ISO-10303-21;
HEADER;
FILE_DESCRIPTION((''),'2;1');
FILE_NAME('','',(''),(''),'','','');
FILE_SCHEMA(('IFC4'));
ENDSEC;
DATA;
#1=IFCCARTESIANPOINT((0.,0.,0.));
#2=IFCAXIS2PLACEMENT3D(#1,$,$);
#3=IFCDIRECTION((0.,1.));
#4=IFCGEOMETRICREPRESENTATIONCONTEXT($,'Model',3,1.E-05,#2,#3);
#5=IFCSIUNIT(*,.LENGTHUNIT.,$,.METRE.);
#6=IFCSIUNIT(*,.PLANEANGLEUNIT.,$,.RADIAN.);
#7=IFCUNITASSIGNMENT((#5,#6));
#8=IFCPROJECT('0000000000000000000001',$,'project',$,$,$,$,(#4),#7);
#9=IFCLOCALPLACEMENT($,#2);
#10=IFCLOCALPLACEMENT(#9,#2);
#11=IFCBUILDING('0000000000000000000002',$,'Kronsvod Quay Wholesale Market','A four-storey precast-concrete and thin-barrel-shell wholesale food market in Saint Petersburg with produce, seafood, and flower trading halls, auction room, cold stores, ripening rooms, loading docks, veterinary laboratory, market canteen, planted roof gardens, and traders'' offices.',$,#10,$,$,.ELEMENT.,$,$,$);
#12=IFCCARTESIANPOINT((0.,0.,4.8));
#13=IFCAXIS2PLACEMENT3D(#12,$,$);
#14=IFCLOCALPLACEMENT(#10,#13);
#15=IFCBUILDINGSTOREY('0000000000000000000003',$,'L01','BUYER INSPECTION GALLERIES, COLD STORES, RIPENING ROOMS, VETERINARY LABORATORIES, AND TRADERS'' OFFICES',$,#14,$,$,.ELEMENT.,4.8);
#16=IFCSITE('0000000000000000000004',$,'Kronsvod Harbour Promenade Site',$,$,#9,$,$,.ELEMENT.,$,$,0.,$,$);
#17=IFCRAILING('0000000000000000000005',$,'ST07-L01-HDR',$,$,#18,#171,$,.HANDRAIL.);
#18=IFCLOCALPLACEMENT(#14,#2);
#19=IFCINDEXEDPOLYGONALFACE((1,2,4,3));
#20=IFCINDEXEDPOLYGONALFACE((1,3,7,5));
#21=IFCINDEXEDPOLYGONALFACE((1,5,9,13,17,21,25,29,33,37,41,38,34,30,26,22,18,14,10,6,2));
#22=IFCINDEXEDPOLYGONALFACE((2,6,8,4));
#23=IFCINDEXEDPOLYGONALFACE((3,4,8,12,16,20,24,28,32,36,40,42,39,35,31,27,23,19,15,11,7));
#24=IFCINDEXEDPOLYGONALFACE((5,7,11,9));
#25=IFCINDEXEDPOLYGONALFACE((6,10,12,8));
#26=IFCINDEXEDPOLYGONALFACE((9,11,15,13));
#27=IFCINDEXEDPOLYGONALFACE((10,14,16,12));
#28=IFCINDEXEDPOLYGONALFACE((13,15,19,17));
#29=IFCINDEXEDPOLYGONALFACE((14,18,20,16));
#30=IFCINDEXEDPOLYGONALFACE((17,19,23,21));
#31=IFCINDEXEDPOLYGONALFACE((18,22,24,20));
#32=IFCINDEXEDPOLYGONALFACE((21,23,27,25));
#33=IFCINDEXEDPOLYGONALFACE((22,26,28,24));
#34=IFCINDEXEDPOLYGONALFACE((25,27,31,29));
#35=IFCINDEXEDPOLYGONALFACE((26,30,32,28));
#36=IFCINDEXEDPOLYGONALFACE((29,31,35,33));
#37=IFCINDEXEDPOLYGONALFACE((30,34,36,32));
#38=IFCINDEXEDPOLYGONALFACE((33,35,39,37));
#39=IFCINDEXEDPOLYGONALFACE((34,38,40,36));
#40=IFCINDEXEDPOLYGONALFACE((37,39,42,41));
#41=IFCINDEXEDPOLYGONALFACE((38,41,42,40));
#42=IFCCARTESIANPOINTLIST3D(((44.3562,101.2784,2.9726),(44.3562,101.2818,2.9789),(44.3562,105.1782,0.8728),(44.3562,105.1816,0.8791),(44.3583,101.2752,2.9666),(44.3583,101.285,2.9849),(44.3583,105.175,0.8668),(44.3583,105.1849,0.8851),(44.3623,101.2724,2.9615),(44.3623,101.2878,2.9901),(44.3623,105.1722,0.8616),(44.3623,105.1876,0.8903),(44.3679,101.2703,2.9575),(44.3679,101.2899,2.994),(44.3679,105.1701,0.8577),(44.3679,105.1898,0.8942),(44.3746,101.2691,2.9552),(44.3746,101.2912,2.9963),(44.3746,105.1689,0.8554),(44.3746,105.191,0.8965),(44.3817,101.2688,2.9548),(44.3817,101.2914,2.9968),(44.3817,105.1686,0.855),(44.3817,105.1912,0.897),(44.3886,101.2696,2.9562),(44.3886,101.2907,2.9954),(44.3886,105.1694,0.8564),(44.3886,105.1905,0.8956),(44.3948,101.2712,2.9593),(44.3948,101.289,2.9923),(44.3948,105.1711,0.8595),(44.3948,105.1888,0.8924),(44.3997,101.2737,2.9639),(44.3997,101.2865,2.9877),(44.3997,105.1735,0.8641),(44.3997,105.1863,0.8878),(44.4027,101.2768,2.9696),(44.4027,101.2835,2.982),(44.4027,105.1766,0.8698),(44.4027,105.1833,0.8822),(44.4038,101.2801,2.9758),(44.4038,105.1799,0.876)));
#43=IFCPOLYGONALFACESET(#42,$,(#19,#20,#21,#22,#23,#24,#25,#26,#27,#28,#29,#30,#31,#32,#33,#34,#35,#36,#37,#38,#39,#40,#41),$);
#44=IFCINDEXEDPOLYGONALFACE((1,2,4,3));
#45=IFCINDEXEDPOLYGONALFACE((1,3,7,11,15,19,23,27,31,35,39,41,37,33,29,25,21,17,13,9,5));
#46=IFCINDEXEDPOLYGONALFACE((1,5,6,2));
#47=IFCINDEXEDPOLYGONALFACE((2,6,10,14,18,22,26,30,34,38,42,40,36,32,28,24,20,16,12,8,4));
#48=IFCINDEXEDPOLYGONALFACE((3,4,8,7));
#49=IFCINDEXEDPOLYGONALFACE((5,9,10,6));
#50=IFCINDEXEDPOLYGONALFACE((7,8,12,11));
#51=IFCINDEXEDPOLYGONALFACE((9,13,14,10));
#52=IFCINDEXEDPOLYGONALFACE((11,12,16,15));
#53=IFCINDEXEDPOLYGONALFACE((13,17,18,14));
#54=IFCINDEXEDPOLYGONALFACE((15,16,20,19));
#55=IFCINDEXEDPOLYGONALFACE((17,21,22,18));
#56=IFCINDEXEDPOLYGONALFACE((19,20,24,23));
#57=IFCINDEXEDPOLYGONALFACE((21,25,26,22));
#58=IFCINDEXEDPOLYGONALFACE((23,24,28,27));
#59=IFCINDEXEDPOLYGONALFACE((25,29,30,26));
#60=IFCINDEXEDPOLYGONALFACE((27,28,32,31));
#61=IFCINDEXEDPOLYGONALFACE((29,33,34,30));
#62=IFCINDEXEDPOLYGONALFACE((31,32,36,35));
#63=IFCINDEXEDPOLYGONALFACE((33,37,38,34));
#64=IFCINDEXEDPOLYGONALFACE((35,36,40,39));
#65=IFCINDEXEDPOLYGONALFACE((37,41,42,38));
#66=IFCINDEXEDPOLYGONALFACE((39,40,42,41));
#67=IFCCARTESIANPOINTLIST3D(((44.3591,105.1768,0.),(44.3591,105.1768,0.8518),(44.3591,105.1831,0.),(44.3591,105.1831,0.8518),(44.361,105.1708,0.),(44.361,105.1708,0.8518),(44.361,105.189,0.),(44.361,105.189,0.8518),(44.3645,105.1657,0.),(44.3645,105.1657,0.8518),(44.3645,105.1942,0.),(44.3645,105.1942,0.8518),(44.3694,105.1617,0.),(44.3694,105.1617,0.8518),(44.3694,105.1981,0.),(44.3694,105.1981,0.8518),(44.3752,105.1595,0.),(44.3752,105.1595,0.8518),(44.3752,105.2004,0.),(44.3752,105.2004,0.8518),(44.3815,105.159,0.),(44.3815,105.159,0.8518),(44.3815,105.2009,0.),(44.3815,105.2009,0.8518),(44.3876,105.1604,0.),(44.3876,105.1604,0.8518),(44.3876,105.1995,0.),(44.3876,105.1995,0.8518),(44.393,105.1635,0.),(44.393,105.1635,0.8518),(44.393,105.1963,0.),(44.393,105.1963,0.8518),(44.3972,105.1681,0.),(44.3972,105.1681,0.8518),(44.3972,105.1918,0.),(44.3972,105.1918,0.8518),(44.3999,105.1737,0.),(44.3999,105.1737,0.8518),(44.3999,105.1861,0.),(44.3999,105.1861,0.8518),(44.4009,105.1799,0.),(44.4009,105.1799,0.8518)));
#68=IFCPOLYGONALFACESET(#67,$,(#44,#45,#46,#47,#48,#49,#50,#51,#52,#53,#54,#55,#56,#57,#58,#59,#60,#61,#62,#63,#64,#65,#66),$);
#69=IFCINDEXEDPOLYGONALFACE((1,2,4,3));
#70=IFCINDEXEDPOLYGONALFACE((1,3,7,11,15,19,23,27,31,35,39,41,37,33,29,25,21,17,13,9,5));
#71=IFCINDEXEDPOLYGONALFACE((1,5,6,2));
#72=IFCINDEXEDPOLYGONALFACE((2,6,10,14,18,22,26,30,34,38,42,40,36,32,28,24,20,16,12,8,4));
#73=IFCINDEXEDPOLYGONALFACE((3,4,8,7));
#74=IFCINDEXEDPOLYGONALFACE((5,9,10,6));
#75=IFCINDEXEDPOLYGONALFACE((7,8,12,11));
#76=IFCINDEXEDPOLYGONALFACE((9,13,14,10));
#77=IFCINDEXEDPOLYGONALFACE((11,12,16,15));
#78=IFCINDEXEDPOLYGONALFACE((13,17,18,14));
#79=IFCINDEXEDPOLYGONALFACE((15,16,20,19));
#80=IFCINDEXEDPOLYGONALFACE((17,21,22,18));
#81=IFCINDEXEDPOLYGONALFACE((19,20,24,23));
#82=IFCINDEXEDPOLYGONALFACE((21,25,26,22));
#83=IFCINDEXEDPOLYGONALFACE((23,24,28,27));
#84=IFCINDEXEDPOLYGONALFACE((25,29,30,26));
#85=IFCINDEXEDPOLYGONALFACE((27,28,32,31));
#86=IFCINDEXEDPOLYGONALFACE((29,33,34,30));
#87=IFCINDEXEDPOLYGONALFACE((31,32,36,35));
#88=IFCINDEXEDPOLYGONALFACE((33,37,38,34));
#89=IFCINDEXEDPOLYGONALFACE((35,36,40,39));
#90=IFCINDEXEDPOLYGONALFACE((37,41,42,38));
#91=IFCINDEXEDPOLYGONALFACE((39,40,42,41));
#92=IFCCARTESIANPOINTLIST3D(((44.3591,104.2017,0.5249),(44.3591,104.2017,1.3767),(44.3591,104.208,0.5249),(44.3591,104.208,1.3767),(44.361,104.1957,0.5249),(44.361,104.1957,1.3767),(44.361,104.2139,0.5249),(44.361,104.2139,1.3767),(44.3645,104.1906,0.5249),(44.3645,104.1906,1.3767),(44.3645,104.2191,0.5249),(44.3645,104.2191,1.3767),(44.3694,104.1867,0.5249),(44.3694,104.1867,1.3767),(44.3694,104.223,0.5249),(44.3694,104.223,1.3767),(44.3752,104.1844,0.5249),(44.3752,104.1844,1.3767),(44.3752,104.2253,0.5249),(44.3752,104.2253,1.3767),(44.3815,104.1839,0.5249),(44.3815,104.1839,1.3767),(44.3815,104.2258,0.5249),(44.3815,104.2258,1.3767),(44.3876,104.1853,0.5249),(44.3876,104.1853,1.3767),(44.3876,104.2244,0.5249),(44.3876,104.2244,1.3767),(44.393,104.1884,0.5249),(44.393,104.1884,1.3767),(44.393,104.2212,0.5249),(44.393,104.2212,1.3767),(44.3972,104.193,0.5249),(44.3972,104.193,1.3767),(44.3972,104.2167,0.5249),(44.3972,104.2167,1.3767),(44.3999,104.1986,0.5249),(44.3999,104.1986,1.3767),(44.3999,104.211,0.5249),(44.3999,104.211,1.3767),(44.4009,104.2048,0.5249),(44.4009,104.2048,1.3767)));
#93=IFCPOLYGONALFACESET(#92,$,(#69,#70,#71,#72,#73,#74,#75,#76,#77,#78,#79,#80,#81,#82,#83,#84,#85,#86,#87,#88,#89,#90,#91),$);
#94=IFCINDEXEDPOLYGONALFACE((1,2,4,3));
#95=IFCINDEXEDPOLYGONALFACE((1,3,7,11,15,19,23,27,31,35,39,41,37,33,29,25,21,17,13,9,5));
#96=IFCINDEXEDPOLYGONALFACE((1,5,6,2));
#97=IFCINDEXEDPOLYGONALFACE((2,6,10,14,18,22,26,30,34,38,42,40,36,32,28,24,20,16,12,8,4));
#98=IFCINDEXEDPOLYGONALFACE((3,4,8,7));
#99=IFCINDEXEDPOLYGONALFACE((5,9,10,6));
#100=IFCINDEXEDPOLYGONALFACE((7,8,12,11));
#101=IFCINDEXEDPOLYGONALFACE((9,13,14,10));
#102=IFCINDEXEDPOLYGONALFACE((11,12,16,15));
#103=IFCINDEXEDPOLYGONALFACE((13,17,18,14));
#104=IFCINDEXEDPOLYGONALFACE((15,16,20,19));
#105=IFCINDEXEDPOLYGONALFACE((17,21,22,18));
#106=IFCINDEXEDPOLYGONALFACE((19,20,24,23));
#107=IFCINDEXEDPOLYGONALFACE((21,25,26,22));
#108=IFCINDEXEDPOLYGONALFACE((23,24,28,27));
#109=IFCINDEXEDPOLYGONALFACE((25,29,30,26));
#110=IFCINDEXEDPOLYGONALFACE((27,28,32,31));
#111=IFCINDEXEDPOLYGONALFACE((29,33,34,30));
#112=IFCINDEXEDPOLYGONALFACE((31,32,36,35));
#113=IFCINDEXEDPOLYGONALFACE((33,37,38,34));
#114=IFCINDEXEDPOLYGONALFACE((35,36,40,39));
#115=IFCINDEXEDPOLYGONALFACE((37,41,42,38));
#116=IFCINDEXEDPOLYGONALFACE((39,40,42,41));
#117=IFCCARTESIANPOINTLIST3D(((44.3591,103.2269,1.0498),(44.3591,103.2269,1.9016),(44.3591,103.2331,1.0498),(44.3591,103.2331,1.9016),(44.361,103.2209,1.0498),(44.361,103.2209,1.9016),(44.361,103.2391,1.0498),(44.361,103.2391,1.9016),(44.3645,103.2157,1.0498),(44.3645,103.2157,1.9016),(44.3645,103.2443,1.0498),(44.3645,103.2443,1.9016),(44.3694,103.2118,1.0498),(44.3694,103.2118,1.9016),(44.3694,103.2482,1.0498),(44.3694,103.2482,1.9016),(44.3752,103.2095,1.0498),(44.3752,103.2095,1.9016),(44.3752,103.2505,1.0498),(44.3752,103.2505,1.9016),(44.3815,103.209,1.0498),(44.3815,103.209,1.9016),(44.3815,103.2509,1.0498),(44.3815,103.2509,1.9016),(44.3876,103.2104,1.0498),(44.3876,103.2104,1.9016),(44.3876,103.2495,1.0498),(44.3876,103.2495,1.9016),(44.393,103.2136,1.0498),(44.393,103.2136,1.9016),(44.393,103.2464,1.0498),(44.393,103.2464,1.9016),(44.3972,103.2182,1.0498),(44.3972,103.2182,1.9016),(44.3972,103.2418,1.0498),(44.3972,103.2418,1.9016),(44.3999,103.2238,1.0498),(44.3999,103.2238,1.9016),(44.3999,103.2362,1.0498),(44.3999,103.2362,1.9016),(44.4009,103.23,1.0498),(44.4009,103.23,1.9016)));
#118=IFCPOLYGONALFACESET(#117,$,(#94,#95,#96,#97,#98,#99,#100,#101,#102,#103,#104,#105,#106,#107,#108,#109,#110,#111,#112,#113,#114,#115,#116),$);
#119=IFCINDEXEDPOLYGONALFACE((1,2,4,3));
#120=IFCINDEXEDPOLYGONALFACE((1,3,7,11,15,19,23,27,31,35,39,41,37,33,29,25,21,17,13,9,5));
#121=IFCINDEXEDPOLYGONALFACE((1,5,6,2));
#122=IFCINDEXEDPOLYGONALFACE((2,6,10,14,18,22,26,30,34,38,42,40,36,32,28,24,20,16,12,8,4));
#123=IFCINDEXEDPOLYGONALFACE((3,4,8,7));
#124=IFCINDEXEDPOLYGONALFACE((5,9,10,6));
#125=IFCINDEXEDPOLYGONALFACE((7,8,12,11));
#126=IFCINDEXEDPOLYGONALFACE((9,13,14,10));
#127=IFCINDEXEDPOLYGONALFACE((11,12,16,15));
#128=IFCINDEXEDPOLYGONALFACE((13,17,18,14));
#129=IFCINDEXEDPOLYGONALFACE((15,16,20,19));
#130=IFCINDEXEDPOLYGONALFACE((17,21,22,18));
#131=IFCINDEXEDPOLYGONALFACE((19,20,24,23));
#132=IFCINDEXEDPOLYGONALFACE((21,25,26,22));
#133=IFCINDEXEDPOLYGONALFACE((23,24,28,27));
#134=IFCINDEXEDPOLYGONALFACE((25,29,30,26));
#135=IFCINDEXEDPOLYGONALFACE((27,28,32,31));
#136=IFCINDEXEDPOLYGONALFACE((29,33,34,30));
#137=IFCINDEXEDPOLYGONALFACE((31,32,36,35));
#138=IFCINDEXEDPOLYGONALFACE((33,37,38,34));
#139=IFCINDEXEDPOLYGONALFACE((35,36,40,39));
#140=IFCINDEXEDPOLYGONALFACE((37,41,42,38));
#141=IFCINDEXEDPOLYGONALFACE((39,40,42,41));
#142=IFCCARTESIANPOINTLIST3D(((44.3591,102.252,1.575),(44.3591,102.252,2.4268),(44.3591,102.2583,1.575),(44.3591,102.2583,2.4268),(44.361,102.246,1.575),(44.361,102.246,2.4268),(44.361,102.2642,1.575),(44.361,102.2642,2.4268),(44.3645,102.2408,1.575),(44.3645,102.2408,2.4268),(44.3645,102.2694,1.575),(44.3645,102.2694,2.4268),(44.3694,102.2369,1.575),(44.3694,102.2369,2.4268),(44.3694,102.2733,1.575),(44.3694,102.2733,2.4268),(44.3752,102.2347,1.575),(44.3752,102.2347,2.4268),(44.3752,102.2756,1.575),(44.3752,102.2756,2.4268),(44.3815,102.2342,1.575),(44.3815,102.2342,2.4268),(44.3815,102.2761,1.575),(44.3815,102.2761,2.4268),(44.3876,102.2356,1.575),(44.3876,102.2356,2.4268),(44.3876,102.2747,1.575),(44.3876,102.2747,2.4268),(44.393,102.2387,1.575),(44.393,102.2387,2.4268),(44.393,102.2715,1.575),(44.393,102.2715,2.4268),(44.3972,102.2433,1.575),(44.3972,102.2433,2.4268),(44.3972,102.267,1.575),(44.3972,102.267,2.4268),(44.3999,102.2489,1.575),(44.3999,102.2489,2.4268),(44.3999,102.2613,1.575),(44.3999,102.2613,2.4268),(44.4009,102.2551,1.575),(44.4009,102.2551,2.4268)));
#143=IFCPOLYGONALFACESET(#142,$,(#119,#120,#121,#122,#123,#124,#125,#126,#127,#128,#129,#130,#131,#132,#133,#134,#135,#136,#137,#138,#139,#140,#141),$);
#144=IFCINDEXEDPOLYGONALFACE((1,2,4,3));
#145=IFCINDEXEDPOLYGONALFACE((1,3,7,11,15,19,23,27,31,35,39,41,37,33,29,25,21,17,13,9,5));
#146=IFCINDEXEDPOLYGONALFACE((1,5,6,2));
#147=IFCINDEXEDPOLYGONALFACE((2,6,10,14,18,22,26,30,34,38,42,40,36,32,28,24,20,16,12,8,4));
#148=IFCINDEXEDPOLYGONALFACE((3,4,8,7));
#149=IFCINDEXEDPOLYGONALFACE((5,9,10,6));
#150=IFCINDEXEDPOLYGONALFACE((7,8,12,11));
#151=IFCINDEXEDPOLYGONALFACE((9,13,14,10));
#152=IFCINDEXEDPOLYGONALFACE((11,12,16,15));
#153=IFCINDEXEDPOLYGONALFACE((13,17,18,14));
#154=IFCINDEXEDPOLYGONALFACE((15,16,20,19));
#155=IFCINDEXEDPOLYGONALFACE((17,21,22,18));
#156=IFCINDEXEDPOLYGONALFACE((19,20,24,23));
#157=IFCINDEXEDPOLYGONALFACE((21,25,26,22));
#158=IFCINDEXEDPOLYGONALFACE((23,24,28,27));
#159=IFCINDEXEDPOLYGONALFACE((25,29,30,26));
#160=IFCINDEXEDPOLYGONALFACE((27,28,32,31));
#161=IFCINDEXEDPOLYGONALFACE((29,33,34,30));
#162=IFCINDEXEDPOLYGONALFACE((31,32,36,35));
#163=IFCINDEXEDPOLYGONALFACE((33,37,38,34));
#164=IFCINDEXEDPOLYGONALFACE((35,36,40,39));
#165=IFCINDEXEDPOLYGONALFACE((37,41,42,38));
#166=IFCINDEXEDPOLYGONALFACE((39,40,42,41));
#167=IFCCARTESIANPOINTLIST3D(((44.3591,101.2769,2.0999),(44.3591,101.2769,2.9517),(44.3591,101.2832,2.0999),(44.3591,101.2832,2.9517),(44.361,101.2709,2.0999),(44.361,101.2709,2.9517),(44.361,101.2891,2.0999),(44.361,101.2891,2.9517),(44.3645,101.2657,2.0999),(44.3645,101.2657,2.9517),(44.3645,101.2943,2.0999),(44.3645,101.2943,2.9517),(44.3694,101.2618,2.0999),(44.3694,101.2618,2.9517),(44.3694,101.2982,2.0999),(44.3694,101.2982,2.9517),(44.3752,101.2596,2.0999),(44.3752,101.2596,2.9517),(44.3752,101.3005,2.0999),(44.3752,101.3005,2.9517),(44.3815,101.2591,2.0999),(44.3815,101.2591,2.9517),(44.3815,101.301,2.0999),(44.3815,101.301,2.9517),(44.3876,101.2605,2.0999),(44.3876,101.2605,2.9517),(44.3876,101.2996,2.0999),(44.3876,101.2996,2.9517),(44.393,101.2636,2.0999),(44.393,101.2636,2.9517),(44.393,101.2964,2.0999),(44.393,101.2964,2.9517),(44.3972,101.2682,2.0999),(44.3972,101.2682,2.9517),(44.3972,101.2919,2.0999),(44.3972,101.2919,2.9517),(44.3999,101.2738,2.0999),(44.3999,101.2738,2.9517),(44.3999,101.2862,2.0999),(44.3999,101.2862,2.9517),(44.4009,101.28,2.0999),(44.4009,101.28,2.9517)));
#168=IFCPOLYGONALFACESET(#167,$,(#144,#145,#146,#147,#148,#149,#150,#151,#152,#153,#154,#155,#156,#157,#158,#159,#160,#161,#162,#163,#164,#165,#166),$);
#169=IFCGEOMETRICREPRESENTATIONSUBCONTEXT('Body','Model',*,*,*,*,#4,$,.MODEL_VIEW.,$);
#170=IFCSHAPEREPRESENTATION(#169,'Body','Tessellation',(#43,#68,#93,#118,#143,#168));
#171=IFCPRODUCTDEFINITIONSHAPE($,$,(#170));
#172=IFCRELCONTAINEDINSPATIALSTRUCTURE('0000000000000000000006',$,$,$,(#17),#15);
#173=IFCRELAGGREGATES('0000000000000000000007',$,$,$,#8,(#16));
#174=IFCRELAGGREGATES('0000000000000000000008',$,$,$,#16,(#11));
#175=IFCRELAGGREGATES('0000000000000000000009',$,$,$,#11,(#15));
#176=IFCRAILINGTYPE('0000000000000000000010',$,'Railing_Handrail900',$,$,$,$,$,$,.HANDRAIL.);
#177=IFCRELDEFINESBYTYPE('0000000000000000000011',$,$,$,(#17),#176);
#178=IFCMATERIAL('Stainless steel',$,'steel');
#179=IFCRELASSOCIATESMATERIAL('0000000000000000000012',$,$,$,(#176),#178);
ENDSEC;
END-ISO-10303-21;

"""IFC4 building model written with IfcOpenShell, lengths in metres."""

from ifc_helpers import new_model, si_unit, direction, frame, origin, origin_2d, place, context, subcontext, project, spatial, circle, extrude, material, type_object, element, save


model = new_model("IFC4")

# Units and contexts
model_context = context("Model", 3, precision=1e-05, world=origin(), true_north=direction((0.0, 1.0)))
body_context = subcontext(model_context, "Body", "Model", "MODEL_VIEW")
ifc_project = project(units=[si_unit("LENGTHUNIT", "METRE"), si_unit("PLANEANGLEUNIT", "RADIAN")], contexts=[model_context])

# Site, building, storey
site_placement = place(None, origin())
site = spatial("IfcSite", under=ifc_project, at=site_placement, Name="Kronsvod Harbour Promenade Site", CompositionType="ELEMENT", RefElevation=0.0)
building_placement = place(site_placement, origin())
building = spatial("IfcBuilding", under=site, at=building_placement, Name="Kronsvod Quay Wholesale Market", Description="A four-storey precast-concrete and thin-barrel-shell wholesale food market in Saint Petersburg with produce, seafood, and flower trading halls, auction room, cold stores, ripening rooms, loading docks, veterinary laboratory, market canteen, planted roof gardens, and traders' offices.", CompositionType="ELEMENT")
storey_placement = place(building_placement, frame((0.0, 0.0, 4.8)))
storey = spatial("IfcBuildingStorey", under=building, at=storey_placement, Name="L01", Description="BUYER INSPECTION GALLERIES, COLD STORES, RIPENING ROOMS, VETERINARY LABORATORIES, AND TRADERS' OFFICES", CompositionType="ELEMENT", Elevation=4.8)

# Railing
ifc_material_1 = material(Name="Stainless steel", Category="steel")
railing_type = type_object("IfcRailingType", Name="Railing_Handrail900", PredefinedType="HANDRAIL", material=ifc_material_1)
railing_placement = place(storey_placement, frame((44.3799, 105.1799, 0.0)))
element("IfcRailing", 1, at=railing_placement, inside=storey, type_object=railing_type, Name="ST07-L01-HDR", PredefinedType="HANDRAIL", context=body_context, shape_type="SweptSolid", body=[
    extrude(circle(Radius=0.0239, at=origin_2d()), frame((0.0, 0.0, 0.876), z_axis=(0.0, -0.88048, 0.474083), x_axis=(1.0, 0.0, 0.0)), (0.0, 0.0, 1.0), 4.4292),
    extrude(circle(Radius=0.021, at=origin_2d()), origin(), (0.0, 0.0, 1.0), 0.8518),
    extrude(circle(Radius=0.021, at=origin_2d()), frame((0.0, -0.9751, 0.5249)), (0.0, 0.0, 1.0), 0.8518),
    extrude(circle(Radius=0.021, at=origin_2d()), frame((0.0, -1.95, 1.0498)), (0.0, 0.0, 1.0), 0.8518),
    extrude(circle(Radius=0.021, at=origin_2d()), frame((0.0, -2.9248, 1.575)), (0.0, 0.0, 1.0), 0.8518),
    extrude(circle(Radius=0.021, at=origin_2d()), frame((0.0, -3.8999, 2.0999)), (0.0, 0.0, 1.0), 0.8518),
])

save(model, "model.ifc")
